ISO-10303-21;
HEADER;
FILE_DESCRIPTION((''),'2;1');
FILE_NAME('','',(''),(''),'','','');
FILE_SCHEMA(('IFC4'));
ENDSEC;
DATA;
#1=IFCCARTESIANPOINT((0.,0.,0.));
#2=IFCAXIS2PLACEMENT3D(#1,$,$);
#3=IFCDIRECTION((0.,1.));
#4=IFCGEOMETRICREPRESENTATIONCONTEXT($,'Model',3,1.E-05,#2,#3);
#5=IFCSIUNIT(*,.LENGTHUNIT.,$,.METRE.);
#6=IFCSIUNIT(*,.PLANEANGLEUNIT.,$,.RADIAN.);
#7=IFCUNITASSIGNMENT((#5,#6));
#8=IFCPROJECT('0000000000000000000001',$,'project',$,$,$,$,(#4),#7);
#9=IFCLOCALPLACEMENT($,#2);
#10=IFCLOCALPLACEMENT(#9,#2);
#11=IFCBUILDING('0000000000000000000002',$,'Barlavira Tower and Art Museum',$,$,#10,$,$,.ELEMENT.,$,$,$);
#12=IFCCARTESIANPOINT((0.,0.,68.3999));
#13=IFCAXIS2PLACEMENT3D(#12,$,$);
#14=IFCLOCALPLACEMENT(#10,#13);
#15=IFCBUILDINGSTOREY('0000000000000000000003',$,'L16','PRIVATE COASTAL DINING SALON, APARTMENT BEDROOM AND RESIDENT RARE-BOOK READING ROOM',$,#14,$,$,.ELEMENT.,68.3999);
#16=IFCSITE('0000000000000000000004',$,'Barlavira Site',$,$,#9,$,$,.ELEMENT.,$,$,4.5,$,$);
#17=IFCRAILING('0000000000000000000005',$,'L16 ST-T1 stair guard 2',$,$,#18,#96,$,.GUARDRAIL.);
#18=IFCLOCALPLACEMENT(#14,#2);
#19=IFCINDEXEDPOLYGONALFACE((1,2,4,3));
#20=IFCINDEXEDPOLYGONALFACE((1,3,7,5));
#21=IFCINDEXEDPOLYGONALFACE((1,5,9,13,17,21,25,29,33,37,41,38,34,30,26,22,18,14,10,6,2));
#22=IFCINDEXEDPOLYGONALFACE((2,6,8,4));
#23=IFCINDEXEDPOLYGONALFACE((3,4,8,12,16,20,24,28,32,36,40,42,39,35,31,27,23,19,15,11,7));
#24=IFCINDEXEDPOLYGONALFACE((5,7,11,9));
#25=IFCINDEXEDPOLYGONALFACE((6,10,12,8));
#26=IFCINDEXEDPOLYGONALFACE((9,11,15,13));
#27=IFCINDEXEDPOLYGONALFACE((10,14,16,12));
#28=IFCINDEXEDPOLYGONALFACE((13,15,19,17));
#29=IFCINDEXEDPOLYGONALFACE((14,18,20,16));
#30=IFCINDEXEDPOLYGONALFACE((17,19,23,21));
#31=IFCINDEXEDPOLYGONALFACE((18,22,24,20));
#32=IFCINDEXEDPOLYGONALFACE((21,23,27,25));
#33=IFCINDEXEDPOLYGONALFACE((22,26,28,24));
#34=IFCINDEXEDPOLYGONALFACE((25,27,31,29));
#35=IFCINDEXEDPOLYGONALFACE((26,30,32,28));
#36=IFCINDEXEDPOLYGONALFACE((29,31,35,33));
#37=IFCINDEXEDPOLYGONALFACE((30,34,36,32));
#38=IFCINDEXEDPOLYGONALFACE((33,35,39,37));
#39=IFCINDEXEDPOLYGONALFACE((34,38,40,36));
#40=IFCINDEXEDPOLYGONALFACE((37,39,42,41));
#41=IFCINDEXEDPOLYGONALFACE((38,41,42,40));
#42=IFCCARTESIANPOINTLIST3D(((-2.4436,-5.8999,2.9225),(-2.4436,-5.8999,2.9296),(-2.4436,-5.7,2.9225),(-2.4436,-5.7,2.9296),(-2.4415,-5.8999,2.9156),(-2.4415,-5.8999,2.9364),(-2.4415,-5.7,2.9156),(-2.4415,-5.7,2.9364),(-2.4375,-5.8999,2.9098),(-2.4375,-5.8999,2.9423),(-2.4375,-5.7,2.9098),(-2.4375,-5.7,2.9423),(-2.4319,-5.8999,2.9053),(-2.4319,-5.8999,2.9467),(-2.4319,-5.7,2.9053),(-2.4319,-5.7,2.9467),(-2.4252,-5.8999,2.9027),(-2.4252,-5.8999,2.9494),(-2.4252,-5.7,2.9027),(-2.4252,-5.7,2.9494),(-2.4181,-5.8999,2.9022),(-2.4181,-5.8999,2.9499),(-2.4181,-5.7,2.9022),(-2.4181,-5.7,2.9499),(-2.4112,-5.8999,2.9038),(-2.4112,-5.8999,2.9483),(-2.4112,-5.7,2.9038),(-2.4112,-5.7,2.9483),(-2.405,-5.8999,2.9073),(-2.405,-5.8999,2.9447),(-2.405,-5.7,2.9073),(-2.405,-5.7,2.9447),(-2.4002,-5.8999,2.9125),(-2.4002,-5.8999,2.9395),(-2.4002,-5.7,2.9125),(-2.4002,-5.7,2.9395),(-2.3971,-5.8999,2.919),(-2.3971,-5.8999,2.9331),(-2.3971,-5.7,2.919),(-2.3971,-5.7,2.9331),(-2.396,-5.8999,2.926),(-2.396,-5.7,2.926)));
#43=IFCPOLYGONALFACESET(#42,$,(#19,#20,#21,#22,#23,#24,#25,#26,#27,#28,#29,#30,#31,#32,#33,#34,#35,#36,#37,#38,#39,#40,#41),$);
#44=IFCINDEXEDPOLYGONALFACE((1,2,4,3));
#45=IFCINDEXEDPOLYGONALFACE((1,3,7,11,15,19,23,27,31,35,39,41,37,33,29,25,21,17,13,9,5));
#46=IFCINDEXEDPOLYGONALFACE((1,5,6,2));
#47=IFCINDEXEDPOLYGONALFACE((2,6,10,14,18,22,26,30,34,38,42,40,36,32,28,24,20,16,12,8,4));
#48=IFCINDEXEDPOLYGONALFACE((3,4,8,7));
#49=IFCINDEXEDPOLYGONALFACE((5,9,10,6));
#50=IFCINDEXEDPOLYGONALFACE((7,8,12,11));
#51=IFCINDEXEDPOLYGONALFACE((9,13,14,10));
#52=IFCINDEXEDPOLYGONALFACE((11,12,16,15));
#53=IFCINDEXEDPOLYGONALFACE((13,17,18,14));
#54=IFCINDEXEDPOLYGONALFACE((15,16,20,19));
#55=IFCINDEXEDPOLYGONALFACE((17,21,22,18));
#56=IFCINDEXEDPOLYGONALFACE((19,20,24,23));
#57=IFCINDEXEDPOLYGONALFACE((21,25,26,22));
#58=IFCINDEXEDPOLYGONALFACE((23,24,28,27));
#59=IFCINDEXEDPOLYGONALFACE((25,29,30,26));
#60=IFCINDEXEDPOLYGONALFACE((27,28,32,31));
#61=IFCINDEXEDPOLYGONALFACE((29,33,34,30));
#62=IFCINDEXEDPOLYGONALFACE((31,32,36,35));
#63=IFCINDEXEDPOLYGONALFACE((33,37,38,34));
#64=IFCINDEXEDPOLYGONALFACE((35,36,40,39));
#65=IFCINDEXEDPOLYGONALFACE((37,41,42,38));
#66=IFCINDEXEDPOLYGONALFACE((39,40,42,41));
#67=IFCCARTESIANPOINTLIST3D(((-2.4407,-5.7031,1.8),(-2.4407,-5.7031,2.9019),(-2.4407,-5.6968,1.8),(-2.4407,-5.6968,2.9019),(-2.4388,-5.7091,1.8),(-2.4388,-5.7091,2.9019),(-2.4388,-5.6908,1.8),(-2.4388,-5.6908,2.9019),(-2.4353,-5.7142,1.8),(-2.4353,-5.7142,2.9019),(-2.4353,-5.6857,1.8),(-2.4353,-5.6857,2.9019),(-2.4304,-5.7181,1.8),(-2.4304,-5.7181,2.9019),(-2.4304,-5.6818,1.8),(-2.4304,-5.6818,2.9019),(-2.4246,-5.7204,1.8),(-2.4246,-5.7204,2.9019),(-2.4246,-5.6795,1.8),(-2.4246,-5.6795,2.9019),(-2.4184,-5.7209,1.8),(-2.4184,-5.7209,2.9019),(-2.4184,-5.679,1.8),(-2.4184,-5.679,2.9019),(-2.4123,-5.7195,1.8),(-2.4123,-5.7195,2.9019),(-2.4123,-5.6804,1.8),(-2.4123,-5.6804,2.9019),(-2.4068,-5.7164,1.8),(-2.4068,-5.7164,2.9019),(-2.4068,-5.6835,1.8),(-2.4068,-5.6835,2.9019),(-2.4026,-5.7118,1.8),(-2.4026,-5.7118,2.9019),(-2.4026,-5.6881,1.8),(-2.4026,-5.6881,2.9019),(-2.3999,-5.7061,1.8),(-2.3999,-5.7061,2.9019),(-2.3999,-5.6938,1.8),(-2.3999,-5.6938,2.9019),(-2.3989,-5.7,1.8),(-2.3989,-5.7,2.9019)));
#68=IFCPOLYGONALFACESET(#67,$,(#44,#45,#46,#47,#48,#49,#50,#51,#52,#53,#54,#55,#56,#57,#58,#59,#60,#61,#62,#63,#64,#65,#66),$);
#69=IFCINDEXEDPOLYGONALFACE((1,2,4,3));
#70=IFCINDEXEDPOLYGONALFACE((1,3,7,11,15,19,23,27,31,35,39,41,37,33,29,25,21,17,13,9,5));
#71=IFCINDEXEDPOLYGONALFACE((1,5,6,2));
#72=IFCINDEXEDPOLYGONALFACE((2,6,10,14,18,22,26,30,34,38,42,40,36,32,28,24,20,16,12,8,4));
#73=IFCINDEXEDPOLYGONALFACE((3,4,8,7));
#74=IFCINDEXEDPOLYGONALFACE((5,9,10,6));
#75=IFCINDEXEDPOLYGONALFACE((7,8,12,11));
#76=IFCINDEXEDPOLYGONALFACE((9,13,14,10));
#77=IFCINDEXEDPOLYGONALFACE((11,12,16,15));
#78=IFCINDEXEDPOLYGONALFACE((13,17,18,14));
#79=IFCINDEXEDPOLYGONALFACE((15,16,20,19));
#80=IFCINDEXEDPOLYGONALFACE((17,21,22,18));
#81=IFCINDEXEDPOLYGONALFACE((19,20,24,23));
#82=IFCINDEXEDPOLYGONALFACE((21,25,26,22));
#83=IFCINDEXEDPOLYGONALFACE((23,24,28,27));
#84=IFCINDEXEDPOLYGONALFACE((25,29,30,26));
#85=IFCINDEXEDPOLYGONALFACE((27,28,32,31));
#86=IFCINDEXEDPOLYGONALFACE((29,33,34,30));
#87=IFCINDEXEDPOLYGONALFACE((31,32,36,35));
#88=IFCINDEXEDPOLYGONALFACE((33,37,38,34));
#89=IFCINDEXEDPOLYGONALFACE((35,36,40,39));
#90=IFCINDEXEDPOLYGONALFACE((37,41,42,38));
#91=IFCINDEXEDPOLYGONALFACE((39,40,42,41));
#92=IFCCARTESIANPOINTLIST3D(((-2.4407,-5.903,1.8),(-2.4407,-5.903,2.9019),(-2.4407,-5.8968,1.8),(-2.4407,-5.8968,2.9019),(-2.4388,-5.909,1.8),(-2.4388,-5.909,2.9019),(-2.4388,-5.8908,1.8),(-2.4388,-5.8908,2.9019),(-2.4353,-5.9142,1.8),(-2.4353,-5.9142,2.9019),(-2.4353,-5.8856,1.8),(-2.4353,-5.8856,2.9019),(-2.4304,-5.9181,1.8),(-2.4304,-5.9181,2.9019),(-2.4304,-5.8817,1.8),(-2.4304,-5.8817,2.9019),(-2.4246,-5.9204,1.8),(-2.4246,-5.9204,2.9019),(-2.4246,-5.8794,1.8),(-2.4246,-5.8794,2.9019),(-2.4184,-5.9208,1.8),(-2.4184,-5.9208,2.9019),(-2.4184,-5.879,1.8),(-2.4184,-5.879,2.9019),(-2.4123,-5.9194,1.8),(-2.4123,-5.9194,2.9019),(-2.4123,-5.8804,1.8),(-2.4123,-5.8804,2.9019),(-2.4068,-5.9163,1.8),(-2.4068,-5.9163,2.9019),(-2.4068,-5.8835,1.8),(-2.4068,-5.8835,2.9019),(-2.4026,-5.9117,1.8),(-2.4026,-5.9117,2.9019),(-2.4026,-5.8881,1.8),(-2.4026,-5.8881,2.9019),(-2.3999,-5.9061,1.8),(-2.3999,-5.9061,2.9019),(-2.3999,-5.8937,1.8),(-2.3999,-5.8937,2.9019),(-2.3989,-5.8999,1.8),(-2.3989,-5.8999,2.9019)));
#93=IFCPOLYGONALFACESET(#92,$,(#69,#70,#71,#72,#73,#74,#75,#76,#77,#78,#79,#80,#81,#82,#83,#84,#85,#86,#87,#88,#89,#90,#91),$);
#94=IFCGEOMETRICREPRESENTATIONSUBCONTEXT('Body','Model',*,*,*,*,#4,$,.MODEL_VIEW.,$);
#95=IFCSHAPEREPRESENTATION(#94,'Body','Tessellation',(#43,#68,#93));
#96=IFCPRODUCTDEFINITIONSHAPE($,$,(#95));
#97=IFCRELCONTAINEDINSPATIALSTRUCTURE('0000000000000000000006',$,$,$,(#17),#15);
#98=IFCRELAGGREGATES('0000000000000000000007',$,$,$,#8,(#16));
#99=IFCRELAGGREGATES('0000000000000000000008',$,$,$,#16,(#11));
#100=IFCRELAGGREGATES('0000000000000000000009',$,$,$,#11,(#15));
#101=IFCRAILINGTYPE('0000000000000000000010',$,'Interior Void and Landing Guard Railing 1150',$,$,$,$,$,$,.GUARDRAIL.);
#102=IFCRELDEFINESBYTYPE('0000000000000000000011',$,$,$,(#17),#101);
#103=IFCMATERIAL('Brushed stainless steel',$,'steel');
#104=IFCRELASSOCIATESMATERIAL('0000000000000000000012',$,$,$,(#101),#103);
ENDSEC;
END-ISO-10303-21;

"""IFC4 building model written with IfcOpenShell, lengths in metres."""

from ifc_helpers import new_model, si_unit, direction, frame, origin, origin_2d, place, context, subcontext, project, spatial, circle, extrude, material, type_object, element, save


model = new_model("IFC4")

# Units and contexts
model_context = context("Model", 3, precision=1e-05, world=origin(), true_north=direction((0.0, 1.0)))
body_context = subcontext(model_context, "Body", "Model", "MODEL_VIEW")
ifc_project = project(units=[si_unit("LENGTHUNIT", "METRE"), si_unit("PLANEANGLEUNIT", "RADIAN")], contexts=[model_context])

# Site, building, storey
site_placement = place(None, origin())
site = spatial("IfcSite", under=ifc_project, at=site_placement, Name="Barlavira Site", CompositionType="ELEMENT", RefElevation=4.5)
building_placement = place(site_placement, origin())
building = spatial("IfcBuilding", under=site, at=building_placement, Name="Barlavira Tower and Art Museum", CompositionType="ELEMENT")
storey_placement = place(building_placement, frame((0.0, 0.0, 68.3999)))
storey = spatial("IfcBuildingStorey", under=building, at=storey_placement, Name="L16", Description="PRIVATE COASTAL DINING SALON, APARTMENT BEDROOM AND RESIDENT RARE-BOOK READING ROOM", CompositionType="ELEMENT", Elevation=68.3999)

# Shared definitions
ifc_material_1 = material(Name="Brushed stainless steel", Category="steel")

# Railing
railing_type_1 = type_object("IfcRailingType", Name="Interior Void and Landing Guard Railing 1150", PredefinedType="GUARDRAIL", material=ifc_material_1)
railing_1_placement = place(storey_placement, frame((-2.4199, -5.7, 1.8)))
element("IfcRailing", 1, at=railing_1_placement, inside=storey, type_object=railing_type_1, Name="L16 ST-T1 stair guard 2", PredefinedType="GUARDRAIL", context=body_context, shape_type="SweptSolid", body=[
    extrude(circle(Radius=0.0239, at=origin_2d()), frame((0.0, 0.0, 1.126), z_axis=(0.0, -1.0, 0.0), x_axis=(1.0, 0.0, 0.0)), (0.0, 0.0, 1.0), 0.2),
    extrude(circle(Radius=0.021, at=origin_2d()), origin(), (0.0, 0.0, 1.0), 1.1018),
    extrude(circle(Radius=0.021, at=origin_2d()), frame((0.0, -0.2, 0.0)), (0.0, 0.0, 1.0), 1.1018),
])

save(model, "model.ifc")
